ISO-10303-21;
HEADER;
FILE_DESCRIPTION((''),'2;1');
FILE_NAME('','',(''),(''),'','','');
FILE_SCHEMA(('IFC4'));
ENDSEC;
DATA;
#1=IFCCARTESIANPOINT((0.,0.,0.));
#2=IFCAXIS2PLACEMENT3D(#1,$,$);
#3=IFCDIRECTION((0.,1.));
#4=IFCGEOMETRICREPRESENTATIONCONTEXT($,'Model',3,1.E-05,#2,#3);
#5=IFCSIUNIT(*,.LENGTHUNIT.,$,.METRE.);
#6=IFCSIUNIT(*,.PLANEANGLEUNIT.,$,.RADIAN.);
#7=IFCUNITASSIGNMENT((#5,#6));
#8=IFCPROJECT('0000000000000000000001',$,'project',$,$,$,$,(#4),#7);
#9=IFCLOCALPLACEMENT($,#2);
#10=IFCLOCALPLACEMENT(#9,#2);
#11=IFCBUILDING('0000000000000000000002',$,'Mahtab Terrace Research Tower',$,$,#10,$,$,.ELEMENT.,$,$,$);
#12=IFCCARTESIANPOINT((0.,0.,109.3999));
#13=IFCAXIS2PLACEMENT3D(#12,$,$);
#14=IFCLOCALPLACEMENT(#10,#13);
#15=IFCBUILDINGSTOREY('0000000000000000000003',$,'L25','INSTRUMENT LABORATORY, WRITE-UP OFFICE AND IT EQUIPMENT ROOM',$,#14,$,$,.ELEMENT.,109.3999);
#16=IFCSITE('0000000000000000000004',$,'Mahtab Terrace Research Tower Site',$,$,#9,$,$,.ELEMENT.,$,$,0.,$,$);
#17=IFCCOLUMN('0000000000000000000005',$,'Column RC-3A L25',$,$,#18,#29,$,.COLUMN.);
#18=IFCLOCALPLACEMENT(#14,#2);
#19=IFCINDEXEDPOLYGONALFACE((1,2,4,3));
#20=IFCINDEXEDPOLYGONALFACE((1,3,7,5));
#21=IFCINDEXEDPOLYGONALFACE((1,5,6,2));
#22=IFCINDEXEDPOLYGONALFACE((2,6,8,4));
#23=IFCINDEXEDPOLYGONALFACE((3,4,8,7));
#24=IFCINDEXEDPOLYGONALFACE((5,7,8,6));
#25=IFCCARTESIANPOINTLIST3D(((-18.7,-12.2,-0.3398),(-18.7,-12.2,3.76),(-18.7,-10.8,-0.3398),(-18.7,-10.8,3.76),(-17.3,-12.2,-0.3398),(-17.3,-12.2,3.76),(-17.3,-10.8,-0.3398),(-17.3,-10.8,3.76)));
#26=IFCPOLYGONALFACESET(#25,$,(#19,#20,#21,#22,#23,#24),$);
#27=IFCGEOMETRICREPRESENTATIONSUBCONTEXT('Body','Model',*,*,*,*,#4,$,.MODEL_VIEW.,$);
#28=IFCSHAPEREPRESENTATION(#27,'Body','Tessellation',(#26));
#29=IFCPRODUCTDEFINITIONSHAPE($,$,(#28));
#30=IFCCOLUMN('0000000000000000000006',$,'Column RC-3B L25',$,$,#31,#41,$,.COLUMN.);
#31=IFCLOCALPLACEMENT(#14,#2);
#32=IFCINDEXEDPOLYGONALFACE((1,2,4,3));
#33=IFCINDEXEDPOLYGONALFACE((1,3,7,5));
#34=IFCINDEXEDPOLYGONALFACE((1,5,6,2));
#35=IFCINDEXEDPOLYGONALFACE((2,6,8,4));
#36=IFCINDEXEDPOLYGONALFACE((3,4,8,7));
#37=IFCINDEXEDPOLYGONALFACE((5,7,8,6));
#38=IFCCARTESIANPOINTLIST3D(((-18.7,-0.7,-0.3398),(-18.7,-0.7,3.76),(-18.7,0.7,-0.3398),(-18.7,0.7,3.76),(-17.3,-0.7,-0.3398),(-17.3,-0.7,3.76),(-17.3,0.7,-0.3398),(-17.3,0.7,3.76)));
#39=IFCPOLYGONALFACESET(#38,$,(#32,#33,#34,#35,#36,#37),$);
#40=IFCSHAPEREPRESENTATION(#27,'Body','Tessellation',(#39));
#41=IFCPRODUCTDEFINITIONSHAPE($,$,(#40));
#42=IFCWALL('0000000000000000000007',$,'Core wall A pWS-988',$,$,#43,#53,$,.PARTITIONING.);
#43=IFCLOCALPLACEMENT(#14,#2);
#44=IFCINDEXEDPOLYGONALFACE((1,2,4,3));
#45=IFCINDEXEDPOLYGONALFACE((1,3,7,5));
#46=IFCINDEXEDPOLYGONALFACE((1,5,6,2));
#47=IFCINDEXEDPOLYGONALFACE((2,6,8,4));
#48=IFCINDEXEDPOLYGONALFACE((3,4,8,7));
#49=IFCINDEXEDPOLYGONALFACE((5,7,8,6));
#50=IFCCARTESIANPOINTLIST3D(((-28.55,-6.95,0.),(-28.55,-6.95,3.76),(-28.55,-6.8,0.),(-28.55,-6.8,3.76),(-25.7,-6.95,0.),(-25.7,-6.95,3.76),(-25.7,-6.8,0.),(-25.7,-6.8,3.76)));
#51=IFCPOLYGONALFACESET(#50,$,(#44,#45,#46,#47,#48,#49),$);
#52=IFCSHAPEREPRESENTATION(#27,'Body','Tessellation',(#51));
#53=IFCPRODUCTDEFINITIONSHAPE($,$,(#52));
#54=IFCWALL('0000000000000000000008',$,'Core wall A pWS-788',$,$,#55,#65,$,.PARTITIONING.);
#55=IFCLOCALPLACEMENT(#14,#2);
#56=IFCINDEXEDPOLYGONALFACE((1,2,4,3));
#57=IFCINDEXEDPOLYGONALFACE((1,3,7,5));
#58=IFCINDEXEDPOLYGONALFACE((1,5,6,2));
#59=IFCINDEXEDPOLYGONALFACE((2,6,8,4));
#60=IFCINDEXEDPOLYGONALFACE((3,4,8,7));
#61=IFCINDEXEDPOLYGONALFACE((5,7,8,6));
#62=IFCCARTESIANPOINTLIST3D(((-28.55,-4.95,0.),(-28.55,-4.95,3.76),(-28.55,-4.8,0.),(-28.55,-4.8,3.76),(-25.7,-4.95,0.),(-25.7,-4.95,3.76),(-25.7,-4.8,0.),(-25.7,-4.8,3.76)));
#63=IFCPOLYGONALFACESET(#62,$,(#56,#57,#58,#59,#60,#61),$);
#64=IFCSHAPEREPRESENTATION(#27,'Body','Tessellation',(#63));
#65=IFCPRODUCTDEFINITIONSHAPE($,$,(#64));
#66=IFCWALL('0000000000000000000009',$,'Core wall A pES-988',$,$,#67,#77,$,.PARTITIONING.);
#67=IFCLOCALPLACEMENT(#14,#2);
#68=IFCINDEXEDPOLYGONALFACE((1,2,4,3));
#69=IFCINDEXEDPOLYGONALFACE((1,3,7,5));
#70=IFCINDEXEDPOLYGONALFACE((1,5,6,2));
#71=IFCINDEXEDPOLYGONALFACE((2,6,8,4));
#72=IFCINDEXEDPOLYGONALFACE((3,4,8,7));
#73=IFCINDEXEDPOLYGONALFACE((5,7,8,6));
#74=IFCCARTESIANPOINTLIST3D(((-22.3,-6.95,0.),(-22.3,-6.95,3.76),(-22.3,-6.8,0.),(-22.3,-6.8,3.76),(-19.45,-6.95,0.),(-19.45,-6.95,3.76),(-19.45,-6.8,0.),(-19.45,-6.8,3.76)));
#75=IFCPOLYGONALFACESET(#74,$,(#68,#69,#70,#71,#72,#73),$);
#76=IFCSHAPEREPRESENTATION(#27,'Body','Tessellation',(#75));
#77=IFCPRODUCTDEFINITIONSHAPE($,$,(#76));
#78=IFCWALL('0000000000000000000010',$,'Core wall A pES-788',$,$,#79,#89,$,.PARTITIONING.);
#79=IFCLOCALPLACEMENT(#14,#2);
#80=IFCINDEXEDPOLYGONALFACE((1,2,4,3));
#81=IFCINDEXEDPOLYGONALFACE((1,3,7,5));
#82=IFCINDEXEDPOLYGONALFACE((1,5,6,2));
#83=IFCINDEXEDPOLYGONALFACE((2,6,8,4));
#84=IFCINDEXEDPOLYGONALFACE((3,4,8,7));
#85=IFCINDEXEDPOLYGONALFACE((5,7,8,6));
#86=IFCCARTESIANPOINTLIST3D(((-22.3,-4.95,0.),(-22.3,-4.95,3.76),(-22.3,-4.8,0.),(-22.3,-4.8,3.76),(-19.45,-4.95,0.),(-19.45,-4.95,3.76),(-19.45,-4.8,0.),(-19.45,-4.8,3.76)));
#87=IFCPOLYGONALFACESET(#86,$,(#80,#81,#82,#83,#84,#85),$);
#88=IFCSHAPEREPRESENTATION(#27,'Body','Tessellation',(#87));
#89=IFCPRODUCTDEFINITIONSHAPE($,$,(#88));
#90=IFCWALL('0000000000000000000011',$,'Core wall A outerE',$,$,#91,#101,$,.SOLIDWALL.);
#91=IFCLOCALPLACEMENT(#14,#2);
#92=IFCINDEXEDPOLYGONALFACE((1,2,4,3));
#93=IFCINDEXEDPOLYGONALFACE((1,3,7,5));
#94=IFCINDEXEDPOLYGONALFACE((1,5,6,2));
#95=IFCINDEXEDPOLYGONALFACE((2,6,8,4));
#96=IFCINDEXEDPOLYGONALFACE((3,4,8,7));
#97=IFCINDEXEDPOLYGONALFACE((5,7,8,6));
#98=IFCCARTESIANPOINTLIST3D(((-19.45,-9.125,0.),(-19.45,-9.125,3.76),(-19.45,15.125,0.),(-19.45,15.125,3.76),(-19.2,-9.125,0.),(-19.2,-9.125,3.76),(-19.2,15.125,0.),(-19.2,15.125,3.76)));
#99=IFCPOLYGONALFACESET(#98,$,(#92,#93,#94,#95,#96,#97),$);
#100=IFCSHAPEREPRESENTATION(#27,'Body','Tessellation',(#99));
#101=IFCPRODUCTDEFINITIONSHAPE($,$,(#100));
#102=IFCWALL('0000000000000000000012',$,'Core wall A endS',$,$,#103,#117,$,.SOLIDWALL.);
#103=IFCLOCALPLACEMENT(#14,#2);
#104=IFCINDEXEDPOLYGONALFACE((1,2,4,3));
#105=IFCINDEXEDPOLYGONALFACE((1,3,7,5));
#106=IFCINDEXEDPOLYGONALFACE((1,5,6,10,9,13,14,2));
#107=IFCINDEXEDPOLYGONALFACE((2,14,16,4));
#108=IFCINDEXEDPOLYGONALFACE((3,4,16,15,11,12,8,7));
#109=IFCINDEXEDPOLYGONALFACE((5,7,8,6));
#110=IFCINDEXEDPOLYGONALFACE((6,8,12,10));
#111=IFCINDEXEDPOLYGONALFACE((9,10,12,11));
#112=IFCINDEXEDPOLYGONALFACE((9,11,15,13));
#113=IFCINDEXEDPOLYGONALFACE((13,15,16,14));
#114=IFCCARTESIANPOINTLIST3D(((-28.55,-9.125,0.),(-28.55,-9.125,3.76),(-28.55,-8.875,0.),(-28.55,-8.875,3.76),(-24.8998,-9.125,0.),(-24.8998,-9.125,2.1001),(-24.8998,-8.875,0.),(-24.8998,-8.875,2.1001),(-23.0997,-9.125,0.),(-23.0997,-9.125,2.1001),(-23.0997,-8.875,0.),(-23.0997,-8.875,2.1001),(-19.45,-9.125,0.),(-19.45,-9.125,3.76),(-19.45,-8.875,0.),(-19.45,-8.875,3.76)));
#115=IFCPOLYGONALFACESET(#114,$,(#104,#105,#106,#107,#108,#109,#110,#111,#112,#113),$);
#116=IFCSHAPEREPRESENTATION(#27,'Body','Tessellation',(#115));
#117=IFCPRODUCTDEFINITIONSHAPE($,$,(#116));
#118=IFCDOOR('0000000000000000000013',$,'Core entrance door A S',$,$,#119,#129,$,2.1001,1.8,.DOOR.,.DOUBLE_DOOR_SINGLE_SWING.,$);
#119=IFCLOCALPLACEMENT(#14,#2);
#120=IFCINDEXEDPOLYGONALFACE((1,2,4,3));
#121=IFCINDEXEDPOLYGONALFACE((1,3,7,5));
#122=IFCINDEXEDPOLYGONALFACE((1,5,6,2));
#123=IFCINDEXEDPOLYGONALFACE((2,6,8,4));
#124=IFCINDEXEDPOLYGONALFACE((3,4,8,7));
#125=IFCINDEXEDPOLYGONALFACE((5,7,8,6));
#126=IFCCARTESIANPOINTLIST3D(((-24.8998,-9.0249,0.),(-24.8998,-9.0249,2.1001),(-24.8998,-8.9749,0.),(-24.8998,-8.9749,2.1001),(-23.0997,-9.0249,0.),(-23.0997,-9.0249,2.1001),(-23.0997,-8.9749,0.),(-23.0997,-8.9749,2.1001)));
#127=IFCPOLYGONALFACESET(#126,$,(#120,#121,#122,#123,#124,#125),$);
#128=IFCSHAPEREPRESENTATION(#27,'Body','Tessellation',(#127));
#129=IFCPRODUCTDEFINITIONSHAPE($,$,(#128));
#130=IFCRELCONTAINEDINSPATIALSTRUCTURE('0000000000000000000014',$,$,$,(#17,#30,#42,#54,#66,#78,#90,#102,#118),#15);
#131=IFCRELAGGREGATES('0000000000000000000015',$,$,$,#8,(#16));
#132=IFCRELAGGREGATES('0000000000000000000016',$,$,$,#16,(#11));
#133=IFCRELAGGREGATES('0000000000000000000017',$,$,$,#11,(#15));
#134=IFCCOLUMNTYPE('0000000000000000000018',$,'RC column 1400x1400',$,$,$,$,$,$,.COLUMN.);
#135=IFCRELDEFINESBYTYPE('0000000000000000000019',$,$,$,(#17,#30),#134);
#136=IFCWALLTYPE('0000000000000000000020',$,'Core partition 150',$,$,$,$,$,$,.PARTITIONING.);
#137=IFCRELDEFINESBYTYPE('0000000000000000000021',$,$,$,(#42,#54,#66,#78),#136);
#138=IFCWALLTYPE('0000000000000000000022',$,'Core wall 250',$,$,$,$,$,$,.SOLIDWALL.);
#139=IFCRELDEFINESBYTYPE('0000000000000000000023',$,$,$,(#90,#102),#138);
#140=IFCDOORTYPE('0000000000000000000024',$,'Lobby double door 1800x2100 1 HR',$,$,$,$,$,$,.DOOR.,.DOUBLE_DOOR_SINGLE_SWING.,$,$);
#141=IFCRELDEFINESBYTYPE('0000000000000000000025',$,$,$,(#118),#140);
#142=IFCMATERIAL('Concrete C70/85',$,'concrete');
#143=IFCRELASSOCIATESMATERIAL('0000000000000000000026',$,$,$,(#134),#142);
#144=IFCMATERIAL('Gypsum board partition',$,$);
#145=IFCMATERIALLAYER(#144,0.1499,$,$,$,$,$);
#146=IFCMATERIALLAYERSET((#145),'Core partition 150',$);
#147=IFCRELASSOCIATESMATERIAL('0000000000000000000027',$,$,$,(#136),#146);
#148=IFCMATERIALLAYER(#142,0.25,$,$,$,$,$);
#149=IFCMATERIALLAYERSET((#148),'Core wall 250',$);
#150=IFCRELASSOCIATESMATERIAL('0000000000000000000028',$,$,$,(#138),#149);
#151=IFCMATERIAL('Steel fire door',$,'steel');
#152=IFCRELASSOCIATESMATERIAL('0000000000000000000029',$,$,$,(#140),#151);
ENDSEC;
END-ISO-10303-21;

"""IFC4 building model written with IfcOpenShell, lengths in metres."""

from ifc_helpers import new_model, si_unit, direction, frame, frame_2d, origin, origin_2d, place, context, subcontext, project, spatial, rectangle, extrude, material, layer, layer_set, material_profile, profile_set, type_object, element, fill, save


model = new_model("IFC4")

# Units and contexts
model_context = context("Model", 3, precision=1e-05, world=origin(), true_north=direction((0.0, 1.0)))
body_context = subcontext(model_context, "Body", "Model", "MODEL_VIEW")
ifc_project = project(units=[si_unit("LENGTHUNIT", "METRE"), si_unit("PLANEANGLEUNIT", "RADIAN")], contexts=[model_context])

# Site, building, storey
site_placement = place(None, origin())
site = spatial("IfcSite", under=ifc_project, at=site_placement, Name="Mahtab Terrace Research Tower Site", CompositionType="ELEMENT", RefElevation=0.0)
building_placement = place(site_placement, origin())
building = spatial("IfcBuilding", under=site, at=building_placement, Name="Mahtab Terrace Research Tower", CompositionType="ELEMENT")
storey_placement = place(building_placement, frame((0.0, 0.0, 109.3999)))
storey = spatial("IfcBuildingStorey", under=building, at=storey_placement, Name="L25", Description="INSTRUMENT LABORATORY, WRITE-UP OFFICE AND IT EQUIPMENT ROOM", CompositionType="ELEMENT", Elevation=109.3999)

# Columns
ifc_material_1 = material(Name="Concrete C70/85", Category="concrete")
ifc_material_profile = material_profile(ifc_material_1, rectangle(XDim=1.3999, YDim=1.3999, at=origin_2d()), Name="RC column 1400x1400")
ifc_profile_set = profile_set([ifc_material_profile], Name="Concrete C70/85")
column_type = type_object("IfcColumnType", Name="RC column 1400x1400", PredefinedType="COLUMN", material=ifc_profile_set)
for number, where, z_axis, x_axis, name in (
    (1, (-18.0, -11.5, -0.3398), (0.0, 0.0, 1.0), (1.0, 0.0, 0.0), "Column RC-3A L25"),
    (2, (-18.0, 0.0, -0.3398), (0.0, 0.0, 1.0), (1.0, 0.0, 0.0), "Column RC-3B L25"),
):
    element("IfcColumn", number, at=place(storey_placement, frame(where, z_axis=z_axis, x_axis=x_axis)), inside=storey, type_object=column_type, Name=name, PredefinedType="COLUMN", context=body_context, shape_type="SweptSolid", body=[
        extrude(rectangle(XDim=1.3999, YDim=1.3999, at=origin_2d()), origin(), (0.0, 0.0, 1.0), 4.0999),
    ])

# Walls
ifc_material_2 = material(Name="Gypsum board partition")
ifc_layer_1 = layer(ifc_material_2, 0.1499)
ifc_layer_set_1 = layer_set([ifc_layer_1], Name="Core partition 150")
wall_type_1 = type_object("IfcWallType", Name="Core partition 150", PredefinedType="PARTITIONING", material=ifc_layer_set_1)
for number, where, z_axis, x_axis, name in (
    (3, (-28.55, -6.875, 0.0), (0.0, 0.0, 1.0), (1.0, 0.0, 0.0), "Core wall A pWS-988"),
    (4, (-28.55, -4.875, 0.0), (0.0, 0.0, 1.0), (1.0, 0.0, 0.0), "Core wall A pWS-788"),
    (5, (-22.3, -6.875, 0.0), (0.0, 0.0, 1.0), (1.0, 0.0, 0.0), "Core wall A pES-988"),
    (6, (-22.3, -4.875, 0.0), (0.0, 0.0, 1.0), (1.0, 0.0, 0.0), "Core wall A pES-788"),
):
    element("IfcWall", number, at=place(storey_placement, frame(where, z_axis=z_axis, x_axis=x_axis)), inside=storey, type_object=wall_type_1, Name=name, PredefinedType="PARTITIONING", context=body_context, shape_type="SweptSolid", body=[
        extrude(rectangle(XDim=2.8501, YDim=0.1499, at=frame_2d((1.425, 0.0))), origin(), (0.0, 0.0, 1.0), 3.76),
    ])
ifc_layer_2 = layer(ifc_material_1, 0.25)
ifc_layer_set_2 = layer_set([ifc_layer_2], Name="Core wall 250")
wall_type_2 = type_object("IfcWallType", Name="Core wall 250", PredefinedType="SOLIDWALL", material=ifc_layer_set_2)
wall_1_placement = place(storey_placement, frame((-19.325, -9.125, 0.0), z_axis=(0.0, 0.0, 1.0), x_axis=(0.0, 1.0, 0.0)))
element("IfcWall", 7, at=wall_1_placement, inside=storey, type_object=wall_type_2, Name="Core wall A outerE", PredefinedType="SOLIDWALL", context=body_context, shape_type="SweptSolid", body=[
    extrude(rectangle(XDim=24.25, YDim=0.25, at=frame_2d((12.125, 0.0))), origin(), (0.0, 0.0, 1.0), 3.76),
])

# Wall, opening, door
wall_2_placement = place(storey_placement, frame((-19.45, -9.0, 0.0), z_axis=(0.0, 0.0, 1.0), x_axis=(-1.0, 0.0, 0.0)))
wall_2 = element("IfcWall", 8, at=wall_2_placement, inside=storey, type_object=wall_type_2, Name="Core wall A endS", PredefinedType="SOLIDWALL", context=body_context, shape_type="SweptSolid", body=[
    extrude(rectangle(XDim=9.1001, YDim=0.25, at=frame_2d((4.55, 0.0))), origin(), (0.0, 0.0, 1.0), 3.76),
])
opening_1_placement = place(wall_2_placement, frame((3.6499, 0.0, 0.0)))
opening_1 = element("IfcOpeningElement", 9, at=opening_1_placement, cuts=wall_2, PredefinedType="OPENING", context=body_context, shape_type="SweptSolid", body=[
    extrude(rectangle(XDim=1.8, YDim=2.1001, at=frame_2d((0.8999, 1.05))), frame((0.0, 0.135, 0.0), z_axis=(0.0, -1.0, 0.0), x_axis=(1.0, 0.0, 0.0)), (0.0, 0.0, 1.0), 0.27),
])
ifc_material_3 = material(Name="Steel fire door", Category="steel")
door_type_1 = type_object("IfcDoorType", Name="Lobby double door 1800x2100 1 HR", OperationType="DOUBLE_DOOR_SINGLE_SWING", PredefinedType="DOOR", material=ifc_material_3)
door_1_placement = place(opening_1_placement, origin())
door_1 = element("IfcDoor", 10, at=door_1_placement, inside=storey, type_object=door_type_1, Name="Core entrance door A S", OperationType="DOUBLE_DOOR_SINGLE_SWING", OverallHeight=2.1001, OverallWidth=1.8, PredefinedType="DOOR", context=body_context, shape_type="SweptSolid", body=[
    extrude(rectangle(XDim=1.8, YDim=2.1001, at=frame_2d((0.8999, 1.05))), frame((0.0, 0.0249, 0.0), z_axis=(0.0, -1.0, 0.0), x_axis=(1.0, 0.0, 0.0)), (0.0, 0.0, 1.0), 0.05),
])
fill(opening_1, door_1)

save(model, "model.ifc")
